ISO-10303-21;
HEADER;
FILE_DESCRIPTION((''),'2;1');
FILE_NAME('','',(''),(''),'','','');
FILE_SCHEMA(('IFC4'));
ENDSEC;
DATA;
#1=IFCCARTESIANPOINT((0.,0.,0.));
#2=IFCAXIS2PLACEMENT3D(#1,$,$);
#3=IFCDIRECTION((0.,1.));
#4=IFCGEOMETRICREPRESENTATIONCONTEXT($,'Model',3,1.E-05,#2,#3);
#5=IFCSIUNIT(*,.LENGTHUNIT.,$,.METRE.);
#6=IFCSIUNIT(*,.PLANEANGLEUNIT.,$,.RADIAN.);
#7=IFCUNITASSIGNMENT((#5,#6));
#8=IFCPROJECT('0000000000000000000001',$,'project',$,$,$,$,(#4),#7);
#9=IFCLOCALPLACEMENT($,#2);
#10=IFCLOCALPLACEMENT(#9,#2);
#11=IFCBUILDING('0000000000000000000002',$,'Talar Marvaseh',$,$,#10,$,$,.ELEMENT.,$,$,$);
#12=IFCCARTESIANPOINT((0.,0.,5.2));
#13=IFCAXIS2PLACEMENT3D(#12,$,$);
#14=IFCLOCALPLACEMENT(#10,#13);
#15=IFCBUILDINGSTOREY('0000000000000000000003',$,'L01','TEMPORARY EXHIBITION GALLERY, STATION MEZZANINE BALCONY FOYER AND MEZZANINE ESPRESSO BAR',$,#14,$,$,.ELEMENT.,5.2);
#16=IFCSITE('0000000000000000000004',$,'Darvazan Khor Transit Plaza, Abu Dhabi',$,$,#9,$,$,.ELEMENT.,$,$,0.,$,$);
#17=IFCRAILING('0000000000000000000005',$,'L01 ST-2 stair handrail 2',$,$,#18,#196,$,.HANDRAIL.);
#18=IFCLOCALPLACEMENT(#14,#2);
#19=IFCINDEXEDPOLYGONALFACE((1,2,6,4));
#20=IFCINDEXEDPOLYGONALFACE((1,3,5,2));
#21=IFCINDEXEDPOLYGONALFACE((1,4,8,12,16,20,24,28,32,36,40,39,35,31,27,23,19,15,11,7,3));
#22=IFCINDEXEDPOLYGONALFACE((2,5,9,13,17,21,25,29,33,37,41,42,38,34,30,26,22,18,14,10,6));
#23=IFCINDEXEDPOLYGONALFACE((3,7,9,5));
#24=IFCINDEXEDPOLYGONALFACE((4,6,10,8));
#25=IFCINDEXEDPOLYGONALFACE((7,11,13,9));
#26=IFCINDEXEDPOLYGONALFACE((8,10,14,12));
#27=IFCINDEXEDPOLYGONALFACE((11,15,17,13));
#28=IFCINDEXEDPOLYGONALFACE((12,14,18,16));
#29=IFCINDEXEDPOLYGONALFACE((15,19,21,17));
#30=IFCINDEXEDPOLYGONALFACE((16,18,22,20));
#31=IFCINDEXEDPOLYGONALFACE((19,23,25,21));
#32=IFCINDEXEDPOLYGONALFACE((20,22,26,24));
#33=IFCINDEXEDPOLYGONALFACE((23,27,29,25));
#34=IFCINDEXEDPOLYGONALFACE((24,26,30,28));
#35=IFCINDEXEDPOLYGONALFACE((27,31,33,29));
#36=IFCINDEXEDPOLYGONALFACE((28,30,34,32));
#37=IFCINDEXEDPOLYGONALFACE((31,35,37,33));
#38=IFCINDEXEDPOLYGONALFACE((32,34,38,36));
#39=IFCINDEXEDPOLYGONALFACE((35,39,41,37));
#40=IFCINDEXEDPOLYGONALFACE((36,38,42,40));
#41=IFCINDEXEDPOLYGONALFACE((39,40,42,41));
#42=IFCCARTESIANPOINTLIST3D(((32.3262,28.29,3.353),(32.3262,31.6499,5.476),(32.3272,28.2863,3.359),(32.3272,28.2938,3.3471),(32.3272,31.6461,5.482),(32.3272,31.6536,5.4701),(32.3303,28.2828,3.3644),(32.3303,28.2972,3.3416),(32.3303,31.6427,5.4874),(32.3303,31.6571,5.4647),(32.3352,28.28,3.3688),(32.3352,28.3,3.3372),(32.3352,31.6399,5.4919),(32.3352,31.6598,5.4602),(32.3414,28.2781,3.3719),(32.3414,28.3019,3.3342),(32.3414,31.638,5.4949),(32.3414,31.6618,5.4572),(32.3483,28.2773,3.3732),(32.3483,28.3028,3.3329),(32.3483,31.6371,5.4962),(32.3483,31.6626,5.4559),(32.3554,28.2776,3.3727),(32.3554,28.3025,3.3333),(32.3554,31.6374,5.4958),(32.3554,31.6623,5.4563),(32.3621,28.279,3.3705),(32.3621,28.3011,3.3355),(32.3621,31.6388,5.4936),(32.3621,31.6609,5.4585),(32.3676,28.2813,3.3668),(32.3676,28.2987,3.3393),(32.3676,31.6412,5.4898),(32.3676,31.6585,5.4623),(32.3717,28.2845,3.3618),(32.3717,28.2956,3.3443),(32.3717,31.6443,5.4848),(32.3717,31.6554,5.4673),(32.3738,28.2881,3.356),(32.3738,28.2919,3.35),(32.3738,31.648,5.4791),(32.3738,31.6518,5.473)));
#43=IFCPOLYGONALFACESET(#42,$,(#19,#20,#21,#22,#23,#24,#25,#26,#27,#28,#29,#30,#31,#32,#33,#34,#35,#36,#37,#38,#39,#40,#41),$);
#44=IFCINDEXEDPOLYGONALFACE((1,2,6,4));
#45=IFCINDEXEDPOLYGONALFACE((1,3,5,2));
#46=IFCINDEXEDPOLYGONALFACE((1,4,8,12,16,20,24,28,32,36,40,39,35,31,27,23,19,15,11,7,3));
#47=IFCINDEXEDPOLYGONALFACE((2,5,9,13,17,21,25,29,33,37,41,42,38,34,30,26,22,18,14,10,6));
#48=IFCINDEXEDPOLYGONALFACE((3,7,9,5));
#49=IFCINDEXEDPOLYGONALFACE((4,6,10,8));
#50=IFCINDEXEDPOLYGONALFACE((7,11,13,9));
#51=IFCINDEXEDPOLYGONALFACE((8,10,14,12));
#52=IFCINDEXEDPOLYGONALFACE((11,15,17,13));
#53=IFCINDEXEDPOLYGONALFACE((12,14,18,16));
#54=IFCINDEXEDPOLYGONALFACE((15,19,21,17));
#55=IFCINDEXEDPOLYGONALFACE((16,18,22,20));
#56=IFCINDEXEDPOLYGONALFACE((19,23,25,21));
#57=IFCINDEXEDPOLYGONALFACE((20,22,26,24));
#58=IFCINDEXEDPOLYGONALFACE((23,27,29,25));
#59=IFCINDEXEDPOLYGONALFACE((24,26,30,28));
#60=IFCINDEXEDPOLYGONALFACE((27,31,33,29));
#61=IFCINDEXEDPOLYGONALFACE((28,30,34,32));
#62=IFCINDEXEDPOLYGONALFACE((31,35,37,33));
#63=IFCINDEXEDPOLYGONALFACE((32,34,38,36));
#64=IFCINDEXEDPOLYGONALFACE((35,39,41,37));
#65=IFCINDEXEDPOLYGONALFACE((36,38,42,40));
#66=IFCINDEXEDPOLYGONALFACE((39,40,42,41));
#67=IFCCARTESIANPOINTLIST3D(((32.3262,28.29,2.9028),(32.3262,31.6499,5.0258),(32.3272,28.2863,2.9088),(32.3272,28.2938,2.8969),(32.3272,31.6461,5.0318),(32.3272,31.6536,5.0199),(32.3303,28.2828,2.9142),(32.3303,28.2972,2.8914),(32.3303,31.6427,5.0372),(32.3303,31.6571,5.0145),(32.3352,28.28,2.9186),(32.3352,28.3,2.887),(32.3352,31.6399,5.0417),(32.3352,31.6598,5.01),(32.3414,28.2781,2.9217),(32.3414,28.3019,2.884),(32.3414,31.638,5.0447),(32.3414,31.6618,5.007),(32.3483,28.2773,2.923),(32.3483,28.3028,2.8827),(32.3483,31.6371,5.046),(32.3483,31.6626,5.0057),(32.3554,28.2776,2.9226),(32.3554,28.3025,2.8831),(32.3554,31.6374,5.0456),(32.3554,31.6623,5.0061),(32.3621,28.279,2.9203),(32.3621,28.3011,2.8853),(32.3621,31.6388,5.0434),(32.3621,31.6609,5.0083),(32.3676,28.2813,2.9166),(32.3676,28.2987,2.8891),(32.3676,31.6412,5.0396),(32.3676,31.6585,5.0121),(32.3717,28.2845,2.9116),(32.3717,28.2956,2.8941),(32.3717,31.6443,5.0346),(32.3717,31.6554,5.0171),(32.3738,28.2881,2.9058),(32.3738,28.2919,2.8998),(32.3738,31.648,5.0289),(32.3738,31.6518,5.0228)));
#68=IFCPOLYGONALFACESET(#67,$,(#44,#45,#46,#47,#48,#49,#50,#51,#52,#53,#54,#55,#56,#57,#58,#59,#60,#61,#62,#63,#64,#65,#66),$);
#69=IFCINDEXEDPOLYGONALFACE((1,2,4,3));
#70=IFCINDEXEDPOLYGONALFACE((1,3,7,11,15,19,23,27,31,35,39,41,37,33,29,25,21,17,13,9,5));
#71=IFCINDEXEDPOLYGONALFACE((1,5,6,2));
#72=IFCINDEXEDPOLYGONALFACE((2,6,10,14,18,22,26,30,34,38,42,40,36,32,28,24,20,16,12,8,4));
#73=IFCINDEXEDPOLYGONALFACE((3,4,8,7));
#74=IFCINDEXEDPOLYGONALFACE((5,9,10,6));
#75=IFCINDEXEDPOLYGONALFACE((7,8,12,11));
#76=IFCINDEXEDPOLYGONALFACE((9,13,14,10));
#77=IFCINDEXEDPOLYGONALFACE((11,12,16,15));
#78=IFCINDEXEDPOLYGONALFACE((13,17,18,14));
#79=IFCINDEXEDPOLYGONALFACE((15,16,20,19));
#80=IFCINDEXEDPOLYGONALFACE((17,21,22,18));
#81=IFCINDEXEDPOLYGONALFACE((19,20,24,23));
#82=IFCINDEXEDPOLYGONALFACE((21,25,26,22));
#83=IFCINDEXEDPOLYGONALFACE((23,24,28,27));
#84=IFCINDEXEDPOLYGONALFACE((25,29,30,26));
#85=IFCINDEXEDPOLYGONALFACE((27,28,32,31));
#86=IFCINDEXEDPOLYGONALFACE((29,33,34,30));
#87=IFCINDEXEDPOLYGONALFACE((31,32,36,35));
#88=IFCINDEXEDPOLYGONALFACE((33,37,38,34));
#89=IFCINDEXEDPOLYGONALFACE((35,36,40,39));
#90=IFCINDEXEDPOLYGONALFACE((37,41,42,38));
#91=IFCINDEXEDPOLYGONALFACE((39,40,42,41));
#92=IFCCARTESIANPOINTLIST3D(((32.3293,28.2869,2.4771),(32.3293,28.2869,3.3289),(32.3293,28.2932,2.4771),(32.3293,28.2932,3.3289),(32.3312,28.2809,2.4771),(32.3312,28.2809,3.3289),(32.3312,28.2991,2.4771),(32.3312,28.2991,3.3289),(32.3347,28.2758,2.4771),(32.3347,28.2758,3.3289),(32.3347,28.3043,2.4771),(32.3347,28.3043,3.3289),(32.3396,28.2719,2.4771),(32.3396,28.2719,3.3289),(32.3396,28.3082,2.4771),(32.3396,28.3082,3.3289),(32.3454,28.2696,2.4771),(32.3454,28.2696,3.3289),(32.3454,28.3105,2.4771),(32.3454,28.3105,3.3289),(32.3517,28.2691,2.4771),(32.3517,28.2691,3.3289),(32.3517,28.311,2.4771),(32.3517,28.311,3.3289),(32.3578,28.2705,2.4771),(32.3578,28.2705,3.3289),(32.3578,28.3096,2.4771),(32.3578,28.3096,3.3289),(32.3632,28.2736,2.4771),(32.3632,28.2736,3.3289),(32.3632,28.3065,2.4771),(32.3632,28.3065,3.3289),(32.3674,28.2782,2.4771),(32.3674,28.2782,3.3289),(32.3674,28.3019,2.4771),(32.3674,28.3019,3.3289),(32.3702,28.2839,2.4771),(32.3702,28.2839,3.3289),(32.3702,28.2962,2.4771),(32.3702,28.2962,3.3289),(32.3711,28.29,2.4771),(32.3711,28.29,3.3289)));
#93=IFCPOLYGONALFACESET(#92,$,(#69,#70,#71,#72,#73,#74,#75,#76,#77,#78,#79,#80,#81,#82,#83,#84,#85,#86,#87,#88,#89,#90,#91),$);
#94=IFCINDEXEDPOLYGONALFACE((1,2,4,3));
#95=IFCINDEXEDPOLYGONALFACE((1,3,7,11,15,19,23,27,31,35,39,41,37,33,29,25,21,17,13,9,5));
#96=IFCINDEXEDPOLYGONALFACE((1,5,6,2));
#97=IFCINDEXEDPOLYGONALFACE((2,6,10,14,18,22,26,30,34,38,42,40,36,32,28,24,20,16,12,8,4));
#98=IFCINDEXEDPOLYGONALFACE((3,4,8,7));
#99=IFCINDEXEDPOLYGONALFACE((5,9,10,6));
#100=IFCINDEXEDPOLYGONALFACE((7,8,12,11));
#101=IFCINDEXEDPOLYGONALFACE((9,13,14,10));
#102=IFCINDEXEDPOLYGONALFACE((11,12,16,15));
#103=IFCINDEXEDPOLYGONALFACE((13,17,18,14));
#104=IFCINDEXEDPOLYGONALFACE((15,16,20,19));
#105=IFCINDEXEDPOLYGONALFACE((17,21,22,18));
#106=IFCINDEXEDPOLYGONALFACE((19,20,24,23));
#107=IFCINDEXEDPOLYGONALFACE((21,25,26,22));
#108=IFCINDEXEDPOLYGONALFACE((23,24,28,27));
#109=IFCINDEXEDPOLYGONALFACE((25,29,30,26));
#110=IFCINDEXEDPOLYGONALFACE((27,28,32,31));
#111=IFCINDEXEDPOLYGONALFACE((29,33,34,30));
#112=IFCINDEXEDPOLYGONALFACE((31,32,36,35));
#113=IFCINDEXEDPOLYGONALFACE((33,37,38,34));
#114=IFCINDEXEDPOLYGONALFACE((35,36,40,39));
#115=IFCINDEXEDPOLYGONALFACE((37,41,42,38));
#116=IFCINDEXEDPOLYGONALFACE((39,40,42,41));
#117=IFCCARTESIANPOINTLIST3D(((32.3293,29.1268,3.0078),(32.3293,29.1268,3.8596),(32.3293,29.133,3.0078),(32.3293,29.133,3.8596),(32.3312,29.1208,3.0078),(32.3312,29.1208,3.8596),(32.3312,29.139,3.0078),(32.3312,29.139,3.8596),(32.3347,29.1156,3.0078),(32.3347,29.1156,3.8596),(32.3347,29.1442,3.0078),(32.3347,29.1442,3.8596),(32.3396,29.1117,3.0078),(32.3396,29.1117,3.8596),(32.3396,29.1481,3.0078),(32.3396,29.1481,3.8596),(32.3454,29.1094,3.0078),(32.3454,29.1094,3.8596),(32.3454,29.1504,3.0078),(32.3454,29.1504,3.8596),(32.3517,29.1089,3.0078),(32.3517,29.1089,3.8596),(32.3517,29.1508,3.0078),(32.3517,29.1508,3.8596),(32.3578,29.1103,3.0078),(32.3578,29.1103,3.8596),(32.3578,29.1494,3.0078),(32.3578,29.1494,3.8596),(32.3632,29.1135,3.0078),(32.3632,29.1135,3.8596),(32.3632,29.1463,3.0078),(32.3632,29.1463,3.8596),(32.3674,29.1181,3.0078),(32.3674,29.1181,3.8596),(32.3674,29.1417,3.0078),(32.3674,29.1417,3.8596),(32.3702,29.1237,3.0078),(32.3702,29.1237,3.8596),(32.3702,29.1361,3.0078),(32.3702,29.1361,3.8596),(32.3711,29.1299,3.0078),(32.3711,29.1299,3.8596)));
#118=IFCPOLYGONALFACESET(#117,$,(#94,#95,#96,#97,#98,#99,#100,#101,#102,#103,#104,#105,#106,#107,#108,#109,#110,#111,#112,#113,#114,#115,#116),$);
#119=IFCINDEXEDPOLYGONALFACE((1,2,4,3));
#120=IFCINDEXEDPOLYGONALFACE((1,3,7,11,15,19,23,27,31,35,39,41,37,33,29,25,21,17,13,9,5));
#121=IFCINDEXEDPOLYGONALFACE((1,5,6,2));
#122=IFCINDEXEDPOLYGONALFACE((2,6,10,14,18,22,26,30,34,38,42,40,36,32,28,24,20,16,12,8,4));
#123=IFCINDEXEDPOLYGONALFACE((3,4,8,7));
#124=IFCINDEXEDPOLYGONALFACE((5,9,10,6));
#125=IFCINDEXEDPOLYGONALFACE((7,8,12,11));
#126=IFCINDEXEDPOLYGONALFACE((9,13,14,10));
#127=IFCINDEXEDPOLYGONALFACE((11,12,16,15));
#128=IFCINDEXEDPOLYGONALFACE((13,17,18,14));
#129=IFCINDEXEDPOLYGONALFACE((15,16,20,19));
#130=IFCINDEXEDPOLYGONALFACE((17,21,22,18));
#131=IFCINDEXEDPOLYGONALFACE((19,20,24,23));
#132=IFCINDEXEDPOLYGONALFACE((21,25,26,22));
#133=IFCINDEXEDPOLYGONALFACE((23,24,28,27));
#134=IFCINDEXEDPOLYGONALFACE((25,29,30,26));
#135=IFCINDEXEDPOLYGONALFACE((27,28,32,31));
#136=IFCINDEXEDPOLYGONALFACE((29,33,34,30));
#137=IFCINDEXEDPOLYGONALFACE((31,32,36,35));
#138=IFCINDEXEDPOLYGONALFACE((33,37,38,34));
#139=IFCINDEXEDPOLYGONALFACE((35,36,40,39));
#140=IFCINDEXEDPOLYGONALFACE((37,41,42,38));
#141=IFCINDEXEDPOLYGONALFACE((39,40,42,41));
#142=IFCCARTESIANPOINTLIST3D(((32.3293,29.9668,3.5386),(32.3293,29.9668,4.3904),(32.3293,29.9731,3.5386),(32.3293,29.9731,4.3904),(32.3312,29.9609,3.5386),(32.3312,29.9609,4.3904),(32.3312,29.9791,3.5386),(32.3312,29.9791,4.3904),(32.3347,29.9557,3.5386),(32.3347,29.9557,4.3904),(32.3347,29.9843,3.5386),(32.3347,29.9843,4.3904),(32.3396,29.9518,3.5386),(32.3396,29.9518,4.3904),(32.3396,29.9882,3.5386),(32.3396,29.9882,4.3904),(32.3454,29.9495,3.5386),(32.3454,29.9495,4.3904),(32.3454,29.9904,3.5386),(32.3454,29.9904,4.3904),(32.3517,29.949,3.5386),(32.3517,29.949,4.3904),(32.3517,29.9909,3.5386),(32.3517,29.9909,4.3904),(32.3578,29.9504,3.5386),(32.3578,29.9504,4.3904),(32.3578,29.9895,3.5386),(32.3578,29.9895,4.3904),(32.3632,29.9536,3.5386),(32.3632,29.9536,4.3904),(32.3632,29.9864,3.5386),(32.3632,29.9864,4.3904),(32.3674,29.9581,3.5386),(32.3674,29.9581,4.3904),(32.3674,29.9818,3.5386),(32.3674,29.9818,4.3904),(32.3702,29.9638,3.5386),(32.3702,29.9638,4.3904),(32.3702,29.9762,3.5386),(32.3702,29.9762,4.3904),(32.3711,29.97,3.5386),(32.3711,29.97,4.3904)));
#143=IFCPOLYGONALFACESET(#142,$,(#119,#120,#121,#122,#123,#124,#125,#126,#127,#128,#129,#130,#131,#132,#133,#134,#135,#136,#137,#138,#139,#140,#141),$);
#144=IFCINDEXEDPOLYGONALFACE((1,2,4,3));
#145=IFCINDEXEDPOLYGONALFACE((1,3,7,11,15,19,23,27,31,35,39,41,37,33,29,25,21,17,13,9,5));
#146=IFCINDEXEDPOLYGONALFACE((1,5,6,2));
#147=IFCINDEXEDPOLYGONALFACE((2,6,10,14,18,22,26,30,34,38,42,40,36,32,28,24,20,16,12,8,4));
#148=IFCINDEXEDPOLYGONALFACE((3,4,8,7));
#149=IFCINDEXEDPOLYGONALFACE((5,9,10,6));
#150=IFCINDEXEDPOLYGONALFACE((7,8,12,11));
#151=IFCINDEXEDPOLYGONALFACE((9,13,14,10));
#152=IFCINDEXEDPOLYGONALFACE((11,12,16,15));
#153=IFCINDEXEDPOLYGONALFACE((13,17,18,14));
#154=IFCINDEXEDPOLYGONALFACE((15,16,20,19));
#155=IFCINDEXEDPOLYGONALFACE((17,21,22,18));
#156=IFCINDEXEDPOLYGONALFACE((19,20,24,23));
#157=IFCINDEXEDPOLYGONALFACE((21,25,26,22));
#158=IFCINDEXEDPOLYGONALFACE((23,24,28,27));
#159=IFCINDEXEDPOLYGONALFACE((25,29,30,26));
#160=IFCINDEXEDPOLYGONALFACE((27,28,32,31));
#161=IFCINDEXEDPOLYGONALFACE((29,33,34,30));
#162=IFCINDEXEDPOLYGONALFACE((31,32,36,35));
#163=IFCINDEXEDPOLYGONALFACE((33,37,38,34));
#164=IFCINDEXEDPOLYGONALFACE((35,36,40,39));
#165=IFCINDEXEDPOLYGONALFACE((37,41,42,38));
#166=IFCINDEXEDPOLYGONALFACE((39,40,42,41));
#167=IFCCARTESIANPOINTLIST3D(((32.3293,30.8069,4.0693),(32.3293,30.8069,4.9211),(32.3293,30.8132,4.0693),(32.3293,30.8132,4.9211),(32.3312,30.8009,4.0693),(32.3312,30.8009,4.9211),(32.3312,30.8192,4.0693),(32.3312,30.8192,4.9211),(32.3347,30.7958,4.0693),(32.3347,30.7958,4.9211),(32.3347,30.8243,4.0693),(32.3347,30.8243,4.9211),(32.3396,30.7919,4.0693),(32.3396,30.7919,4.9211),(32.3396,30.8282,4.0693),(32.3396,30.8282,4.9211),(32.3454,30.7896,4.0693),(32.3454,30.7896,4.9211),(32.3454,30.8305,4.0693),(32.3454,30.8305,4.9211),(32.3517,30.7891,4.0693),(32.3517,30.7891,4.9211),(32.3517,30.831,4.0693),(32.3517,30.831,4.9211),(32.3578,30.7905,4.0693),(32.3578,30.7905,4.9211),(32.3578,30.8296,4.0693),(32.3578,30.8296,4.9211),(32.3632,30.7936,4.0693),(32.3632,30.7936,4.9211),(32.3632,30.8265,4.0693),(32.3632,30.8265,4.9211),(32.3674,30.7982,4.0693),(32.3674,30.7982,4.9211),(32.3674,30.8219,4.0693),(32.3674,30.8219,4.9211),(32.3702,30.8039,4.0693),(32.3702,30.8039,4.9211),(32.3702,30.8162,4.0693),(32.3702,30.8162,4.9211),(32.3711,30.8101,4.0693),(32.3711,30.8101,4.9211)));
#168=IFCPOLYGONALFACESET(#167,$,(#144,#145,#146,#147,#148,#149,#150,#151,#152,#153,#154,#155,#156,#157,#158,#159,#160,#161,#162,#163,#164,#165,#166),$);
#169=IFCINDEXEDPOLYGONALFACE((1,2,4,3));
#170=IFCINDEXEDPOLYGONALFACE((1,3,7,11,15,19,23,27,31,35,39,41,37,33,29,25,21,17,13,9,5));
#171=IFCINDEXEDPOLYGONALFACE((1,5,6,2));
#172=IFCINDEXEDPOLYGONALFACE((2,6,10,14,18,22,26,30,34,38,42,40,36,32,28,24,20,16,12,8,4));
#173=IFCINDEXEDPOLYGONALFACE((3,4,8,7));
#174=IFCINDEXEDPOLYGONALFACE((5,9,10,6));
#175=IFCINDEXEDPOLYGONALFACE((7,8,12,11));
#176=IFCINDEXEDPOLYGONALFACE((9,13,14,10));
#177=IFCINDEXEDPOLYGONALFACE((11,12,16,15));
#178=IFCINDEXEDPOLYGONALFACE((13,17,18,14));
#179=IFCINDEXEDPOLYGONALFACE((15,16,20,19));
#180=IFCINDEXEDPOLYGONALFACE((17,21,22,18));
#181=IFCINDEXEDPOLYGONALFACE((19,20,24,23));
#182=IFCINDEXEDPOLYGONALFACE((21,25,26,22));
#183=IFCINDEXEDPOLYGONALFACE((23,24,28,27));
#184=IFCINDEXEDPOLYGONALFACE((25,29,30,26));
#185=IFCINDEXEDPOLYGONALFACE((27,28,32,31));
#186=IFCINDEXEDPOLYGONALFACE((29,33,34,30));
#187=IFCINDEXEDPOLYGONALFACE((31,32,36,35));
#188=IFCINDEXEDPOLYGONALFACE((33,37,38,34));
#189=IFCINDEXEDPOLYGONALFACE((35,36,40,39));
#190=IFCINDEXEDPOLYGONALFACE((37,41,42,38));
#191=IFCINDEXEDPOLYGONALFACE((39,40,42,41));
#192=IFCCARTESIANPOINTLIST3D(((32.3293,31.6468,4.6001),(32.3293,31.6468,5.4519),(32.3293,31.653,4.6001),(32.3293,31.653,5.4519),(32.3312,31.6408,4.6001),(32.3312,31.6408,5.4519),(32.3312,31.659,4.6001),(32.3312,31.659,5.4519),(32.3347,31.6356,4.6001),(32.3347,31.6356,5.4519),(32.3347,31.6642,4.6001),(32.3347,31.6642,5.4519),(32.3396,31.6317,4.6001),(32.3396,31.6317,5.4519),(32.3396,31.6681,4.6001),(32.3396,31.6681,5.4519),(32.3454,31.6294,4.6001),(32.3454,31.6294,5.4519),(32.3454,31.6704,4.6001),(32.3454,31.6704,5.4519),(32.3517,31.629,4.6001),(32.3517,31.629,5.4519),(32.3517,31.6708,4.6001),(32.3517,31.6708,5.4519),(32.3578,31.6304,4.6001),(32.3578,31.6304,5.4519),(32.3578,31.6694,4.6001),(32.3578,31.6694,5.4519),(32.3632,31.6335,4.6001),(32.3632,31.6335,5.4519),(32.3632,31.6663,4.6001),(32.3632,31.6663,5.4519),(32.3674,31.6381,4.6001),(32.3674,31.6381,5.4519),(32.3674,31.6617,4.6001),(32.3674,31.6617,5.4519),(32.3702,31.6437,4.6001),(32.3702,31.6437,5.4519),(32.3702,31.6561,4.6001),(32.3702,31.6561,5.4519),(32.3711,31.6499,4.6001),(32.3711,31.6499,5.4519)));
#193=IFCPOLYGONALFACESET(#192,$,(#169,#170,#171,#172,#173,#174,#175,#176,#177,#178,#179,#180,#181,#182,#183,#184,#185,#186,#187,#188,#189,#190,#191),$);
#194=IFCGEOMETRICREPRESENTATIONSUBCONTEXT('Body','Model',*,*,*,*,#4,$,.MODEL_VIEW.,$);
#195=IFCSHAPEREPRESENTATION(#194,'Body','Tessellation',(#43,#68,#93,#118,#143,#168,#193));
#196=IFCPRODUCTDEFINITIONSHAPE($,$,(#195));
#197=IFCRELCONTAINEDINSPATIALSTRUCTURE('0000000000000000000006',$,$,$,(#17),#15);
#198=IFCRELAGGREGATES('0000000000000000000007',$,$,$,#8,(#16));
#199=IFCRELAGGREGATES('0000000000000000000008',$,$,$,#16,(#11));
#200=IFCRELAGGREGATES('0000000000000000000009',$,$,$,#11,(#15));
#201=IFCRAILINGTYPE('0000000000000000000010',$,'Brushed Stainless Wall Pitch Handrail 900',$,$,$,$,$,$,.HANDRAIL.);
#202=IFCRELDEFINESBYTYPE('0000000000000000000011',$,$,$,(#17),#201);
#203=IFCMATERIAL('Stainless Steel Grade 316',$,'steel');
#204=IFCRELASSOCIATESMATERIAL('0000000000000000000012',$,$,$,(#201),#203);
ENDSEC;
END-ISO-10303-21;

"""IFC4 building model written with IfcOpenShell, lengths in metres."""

from ifc_helpers import new_model, si_unit, direction, frame, origin, origin_2d, place, context, subcontext, project, spatial, circle, extrude, material, type_object, element, save


model = new_model("IFC4")

# Units and contexts
model_context = context("Model", 3, precision=1e-05, world=origin(), true_north=direction((0.0, 1.0)))
body_context = subcontext(model_context, "Body", "Model", "MODEL_VIEW")
ifc_project = project(units=[si_unit("LENGTHUNIT", "METRE"), si_unit("PLANEANGLEUNIT", "RADIAN")], contexts=[model_context])

# Site, building, storey
site_placement = place(None, origin())
site = spatial("IfcSite", under=ifc_project, at=site_placement, Name="Darvazan Khor Transit Plaza, Abu Dhabi", CompositionType="ELEMENT", RefElevation=0.0)
building_placement = place(site_placement, origin())
building = spatial("IfcBuilding", under=site, at=building_placement, Name="Talar Marvaseh", CompositionType="ELEMENT")
storey_placement = place(building_placement, frame((0.0, 0.0, 5.2)))
storey = spatial("IfcBuildingStorey", under=building, at=storey_placement, Name="L01", Description="TEMPORARY EXHIBITION GALLERY, STATION MEZZANINE BALCONY FOYER AND MEZZANINE ESPRESSO BAR", CompositionType="ELEMENT", Elevation=5.2)

# Shared definitions
ifc_material_1 = material(Name="Stainless Steel Grade 316", Category="steel")

# Railing
railing_type_1 = type_object("IfcRailingType", Name="Brushed Stainless Wall Pitch Handrail 900", PredefinedType="HANDRAIL", material=ifc_material_1)
railing_1_placement = place(storey_placement, frame((32.3501, 28.29, 2.4771)))
element("IfcRailing", 1, at=railing_1_placement, inside=storey, type_object=railing_type_1, Name="L01 ST-2 stair handrail 2", PredefinedType="HANDRAIL", context=body_context, shape_type="SweptSolid", body=[
    extrude(circle(Radius=0.0239, at=origin_2d()), frame((0.0, 0.0, 0.876), z_axis=(0.0, 0.845372, 0.534178), x_axis=(-1.0, 0.0, 0.0)), (0.0, 0.0, 1.0), 3.9744),
    extrude(circle(Radius=0.0239, at=origin_2d()), frame((0.0, 0.0, 0.4258), z_axis=(0.0, 0.845372, 0.534178), x_axis=(-1.0, 0.0, 0.0)), (0.0, 0.0, 1.0), 3.9744),
    extrude(circle(Radius=0.021, at=origin_2d()), origin(), (0.0, 0.0, 1.0), 0.8518),
    extrude(circle(Radius=0.021, at=origin_2d()), frame((0.0, 0.8398, 0.5308)), (0.0, 0.0, 1.0), 0.8518),
    extrude(circle(Radius=0.021, at=origin_2d()), frame((0.0, 1.6799, 1.0615)), (0.0, 0.0, 1.0), 0.8518),
    extrude(circle(Radius=0.021, at=origin_2d()), frame((0.0, 2.52, 1.5923)), (0.0, 0.0, 1.0), 0.8518),
    extrude(circle(Radius=0.021, at=origin_2d()), frame((0.0, 3.3599, 2.123)), (0.0, 0.0, 1.0), 0.8518),
])

save(model, "model.ifc")
